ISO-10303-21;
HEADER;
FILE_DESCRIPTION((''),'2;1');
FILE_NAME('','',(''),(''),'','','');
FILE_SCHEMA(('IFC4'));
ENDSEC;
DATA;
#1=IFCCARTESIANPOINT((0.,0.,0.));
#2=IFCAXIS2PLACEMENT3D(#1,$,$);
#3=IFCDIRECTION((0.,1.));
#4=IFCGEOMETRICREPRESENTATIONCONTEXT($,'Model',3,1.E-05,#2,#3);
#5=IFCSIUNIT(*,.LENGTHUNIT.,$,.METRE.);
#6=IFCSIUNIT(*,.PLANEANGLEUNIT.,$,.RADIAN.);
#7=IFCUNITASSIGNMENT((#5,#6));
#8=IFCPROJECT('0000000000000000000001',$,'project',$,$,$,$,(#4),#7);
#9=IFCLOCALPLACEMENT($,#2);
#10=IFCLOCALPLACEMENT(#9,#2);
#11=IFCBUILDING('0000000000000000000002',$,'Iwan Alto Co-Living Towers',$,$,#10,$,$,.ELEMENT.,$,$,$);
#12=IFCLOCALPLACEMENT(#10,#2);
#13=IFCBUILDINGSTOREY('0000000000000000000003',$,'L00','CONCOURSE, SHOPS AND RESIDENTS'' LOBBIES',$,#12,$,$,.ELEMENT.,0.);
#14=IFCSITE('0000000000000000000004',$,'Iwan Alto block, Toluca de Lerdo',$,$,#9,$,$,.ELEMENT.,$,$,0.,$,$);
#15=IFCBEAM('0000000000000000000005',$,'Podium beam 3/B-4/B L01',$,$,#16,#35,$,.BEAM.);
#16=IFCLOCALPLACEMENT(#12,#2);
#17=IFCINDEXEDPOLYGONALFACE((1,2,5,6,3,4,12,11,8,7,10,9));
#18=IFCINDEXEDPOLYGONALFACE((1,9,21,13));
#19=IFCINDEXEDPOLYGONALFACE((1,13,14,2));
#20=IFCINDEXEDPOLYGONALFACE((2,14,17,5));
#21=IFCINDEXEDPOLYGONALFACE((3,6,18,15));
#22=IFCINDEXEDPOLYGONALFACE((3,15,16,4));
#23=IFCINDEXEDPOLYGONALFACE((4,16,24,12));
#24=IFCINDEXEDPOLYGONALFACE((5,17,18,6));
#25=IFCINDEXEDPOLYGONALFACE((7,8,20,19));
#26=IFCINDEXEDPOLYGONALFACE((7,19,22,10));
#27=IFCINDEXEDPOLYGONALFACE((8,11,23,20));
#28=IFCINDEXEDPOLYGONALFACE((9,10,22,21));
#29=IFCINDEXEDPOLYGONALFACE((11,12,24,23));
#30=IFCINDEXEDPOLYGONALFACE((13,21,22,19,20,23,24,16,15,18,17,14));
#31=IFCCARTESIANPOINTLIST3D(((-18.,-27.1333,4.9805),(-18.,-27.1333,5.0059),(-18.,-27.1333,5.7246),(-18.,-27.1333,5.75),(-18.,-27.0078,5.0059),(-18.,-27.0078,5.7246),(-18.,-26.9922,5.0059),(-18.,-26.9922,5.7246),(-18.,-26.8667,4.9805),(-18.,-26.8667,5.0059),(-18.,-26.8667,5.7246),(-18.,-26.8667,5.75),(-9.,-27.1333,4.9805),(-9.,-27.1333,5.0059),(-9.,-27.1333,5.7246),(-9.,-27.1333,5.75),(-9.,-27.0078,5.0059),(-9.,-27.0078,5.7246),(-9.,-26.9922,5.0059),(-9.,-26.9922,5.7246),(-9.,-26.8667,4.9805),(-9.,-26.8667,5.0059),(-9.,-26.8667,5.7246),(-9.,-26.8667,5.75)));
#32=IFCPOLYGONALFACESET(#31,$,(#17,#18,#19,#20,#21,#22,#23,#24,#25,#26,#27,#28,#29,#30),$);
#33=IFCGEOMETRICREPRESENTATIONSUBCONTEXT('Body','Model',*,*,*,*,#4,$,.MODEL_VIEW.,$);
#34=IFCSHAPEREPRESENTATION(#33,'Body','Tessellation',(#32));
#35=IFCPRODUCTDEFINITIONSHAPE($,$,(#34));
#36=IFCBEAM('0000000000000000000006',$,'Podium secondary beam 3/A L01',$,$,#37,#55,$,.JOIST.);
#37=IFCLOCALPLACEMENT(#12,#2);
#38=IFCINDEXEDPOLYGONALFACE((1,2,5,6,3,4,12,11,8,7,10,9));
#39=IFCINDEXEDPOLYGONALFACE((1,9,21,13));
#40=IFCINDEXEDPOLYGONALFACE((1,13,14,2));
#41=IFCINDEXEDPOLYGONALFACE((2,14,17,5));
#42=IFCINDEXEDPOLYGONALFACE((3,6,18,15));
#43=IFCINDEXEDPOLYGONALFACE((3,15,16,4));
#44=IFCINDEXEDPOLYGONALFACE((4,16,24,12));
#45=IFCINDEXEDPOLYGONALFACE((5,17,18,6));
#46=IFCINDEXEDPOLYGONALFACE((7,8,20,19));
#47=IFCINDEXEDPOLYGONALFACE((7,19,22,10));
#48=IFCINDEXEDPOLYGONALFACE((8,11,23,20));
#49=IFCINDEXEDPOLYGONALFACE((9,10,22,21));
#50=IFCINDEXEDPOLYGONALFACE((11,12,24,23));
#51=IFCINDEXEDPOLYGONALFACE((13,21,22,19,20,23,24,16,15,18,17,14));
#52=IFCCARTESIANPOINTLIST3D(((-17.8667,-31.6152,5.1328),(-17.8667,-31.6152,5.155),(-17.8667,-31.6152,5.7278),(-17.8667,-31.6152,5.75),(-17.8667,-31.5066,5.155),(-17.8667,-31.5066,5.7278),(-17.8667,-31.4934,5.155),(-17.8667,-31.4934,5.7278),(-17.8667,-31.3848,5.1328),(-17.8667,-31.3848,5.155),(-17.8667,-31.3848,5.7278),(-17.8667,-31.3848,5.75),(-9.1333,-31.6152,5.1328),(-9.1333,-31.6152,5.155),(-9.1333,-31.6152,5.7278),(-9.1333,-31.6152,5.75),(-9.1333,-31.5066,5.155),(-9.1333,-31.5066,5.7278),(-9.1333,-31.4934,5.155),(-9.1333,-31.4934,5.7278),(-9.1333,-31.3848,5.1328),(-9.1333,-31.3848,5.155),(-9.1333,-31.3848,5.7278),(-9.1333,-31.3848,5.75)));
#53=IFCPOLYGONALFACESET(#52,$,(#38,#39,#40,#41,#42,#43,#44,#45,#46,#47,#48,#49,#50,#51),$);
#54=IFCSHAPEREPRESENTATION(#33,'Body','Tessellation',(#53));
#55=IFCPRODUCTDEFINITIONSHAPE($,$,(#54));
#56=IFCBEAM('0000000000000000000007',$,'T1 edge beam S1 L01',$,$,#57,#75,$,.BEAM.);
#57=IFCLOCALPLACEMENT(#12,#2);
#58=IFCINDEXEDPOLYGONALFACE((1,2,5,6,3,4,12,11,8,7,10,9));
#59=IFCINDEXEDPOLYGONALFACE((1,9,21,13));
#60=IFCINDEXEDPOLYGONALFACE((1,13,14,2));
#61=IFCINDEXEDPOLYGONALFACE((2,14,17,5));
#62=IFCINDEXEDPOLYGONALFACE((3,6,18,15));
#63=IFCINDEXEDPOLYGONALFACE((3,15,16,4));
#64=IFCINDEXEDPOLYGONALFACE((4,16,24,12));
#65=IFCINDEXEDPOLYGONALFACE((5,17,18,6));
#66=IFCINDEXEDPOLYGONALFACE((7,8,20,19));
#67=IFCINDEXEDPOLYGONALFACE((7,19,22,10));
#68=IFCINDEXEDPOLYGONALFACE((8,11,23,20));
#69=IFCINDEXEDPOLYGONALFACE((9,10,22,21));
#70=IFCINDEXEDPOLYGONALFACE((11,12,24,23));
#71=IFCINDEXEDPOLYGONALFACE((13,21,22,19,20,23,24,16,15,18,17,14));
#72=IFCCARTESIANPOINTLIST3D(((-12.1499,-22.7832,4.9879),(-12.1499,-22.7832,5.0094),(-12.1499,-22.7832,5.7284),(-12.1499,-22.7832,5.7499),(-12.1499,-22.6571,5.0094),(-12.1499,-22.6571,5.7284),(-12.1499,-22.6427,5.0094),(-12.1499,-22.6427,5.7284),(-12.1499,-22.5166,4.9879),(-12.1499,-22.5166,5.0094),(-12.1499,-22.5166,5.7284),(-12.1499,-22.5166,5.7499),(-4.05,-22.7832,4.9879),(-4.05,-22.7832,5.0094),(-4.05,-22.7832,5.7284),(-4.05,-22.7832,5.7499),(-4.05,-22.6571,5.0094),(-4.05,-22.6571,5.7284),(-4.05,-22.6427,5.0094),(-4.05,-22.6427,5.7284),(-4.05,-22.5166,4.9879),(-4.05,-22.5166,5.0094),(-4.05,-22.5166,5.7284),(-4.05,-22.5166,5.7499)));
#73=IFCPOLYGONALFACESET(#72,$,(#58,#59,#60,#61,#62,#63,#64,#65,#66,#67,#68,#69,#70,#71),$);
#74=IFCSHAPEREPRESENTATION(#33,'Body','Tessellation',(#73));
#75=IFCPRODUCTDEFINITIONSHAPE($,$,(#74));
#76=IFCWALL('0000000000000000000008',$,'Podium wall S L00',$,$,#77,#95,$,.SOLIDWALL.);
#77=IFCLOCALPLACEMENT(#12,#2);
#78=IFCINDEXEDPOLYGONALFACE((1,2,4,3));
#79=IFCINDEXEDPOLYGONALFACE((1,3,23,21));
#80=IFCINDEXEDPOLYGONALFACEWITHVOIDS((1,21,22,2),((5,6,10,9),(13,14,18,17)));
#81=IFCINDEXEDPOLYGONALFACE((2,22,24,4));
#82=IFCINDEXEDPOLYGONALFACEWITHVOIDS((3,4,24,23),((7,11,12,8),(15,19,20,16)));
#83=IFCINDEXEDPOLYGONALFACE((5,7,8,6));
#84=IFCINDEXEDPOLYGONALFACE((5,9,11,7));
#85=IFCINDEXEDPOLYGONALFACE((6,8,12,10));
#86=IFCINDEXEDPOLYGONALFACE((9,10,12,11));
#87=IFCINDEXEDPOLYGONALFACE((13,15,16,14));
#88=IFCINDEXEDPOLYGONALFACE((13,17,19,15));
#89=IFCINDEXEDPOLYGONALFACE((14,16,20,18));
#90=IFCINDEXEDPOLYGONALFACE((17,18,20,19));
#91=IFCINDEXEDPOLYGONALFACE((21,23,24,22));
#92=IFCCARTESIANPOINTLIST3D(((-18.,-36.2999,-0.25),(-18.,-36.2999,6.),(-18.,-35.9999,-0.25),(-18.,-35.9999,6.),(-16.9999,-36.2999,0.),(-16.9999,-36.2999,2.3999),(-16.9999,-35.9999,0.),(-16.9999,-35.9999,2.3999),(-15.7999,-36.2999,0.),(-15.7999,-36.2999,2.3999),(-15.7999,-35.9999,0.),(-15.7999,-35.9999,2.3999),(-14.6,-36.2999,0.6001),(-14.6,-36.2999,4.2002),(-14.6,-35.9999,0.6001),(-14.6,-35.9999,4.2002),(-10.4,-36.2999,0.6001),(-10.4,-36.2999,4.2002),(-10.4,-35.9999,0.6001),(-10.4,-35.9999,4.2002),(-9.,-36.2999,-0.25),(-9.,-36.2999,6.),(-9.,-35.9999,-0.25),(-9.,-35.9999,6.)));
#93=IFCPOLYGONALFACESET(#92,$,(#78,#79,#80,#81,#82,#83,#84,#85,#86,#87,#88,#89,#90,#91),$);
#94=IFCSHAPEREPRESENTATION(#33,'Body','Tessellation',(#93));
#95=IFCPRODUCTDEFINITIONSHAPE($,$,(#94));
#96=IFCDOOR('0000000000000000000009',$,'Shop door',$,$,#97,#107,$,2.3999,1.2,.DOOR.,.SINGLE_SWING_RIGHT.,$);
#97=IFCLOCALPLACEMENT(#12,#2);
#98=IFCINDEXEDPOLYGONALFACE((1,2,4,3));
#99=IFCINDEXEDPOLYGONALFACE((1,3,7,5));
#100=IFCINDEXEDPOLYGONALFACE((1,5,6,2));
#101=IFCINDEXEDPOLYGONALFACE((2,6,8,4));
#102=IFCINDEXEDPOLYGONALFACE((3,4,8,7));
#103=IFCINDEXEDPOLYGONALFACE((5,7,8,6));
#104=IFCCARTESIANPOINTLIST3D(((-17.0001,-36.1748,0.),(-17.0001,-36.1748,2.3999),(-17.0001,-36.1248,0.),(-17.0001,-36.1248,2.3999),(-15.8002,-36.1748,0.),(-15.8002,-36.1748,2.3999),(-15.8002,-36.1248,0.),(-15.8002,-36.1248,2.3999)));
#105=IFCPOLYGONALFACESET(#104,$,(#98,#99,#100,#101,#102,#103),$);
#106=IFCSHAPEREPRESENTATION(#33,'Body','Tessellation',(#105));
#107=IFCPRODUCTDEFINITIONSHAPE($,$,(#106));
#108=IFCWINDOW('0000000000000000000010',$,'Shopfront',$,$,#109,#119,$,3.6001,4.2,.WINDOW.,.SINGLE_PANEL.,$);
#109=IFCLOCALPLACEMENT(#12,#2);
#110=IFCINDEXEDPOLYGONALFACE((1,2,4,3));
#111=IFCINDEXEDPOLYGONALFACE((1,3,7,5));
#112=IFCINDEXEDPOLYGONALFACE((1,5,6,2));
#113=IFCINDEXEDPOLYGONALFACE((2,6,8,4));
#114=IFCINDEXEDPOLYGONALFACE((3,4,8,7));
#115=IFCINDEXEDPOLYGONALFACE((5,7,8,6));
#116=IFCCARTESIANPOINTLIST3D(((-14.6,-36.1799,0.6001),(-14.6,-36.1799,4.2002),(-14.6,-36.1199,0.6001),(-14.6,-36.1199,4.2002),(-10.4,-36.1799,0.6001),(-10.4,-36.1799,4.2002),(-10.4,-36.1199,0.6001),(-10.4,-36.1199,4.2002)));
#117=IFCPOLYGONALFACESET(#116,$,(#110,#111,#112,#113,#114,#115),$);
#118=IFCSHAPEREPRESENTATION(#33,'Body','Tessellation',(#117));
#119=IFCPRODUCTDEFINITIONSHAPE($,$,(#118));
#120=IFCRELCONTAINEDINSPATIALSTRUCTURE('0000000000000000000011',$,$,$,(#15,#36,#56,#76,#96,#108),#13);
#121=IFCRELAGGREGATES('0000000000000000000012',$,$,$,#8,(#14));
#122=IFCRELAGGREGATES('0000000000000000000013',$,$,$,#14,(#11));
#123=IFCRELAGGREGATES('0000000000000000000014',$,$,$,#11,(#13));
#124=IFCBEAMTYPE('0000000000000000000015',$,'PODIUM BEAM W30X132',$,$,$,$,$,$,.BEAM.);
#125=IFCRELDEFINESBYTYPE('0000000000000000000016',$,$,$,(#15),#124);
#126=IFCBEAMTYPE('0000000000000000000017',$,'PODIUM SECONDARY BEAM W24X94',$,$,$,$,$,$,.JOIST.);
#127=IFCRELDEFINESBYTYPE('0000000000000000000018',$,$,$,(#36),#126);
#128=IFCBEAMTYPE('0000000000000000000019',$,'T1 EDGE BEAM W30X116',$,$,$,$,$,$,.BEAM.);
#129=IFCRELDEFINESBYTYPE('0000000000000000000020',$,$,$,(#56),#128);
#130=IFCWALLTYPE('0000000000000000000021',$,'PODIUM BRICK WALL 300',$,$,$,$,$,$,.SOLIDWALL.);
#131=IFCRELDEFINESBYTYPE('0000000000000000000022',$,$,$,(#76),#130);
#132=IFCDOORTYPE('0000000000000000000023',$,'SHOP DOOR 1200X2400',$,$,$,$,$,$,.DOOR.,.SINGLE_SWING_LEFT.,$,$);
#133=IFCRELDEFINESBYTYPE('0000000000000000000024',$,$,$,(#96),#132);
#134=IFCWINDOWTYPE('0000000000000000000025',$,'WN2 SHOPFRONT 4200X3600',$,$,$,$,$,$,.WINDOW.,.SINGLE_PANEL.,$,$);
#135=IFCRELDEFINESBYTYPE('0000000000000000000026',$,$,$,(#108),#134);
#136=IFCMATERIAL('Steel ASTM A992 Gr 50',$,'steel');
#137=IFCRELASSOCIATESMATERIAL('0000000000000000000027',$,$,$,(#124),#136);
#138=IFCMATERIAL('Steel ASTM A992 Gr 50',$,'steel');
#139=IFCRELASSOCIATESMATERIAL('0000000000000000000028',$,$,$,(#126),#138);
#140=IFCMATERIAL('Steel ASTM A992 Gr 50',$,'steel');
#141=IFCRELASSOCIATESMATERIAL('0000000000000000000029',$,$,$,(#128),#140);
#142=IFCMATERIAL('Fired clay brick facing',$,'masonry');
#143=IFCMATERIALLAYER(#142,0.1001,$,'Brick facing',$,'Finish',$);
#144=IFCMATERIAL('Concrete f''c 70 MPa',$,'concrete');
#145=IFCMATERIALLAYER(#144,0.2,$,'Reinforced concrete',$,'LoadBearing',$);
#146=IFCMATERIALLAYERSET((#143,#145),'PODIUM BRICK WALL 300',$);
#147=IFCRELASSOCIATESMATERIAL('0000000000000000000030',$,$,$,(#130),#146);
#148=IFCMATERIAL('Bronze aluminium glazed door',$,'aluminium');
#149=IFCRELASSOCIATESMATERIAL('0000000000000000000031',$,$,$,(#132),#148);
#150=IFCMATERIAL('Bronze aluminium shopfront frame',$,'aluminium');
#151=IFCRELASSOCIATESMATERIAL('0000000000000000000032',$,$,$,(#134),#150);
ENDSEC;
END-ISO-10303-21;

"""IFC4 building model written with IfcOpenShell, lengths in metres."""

from ifc_helpers import new_model, si_unit, direction, frame, frame_2d, origin, origin_2d, place, context, subcontext, project, spatial, rectangle, i_section, extrude, material, layer, layer_set, material_profile, profile_set, type_object, element, fill, save


model = new_model("IFC4")

# Units and contexts
model_context = context("Model", 3, precision=1e-05, world=origin(), true_north=direction((0.0, 1.0)))
body_context = subcontext(model_context, "Body", "Model", "MODEL_VIEW")
ifc_project = project(units=[si_unit("LENGTHUNIT", "METRE"), si_unit("PLANEANGLEUNIT", "RADIAN")], contexts=[model_context])

# Site, building, storey
site_placement = place(None, origin())
site = spatial("IfcSite", under=ifc_project, at=site_placement, Name="Iwan Alto block, Toluca de Lerdo", CompositionType="ELEMENT", RefElevation=0.0)
building_placement = place(site_placement, origin())
building = spatial("IfcBuilding", under=site, at=building_placement, Name="Iwan Alto Co-Living Towers", CompositionType="ELEMENT")
storey_placement = place(building_placement, origin())
storey = spatial("IfcBuildingStorey", under=building, at=storey_placement, Name="L00", Description="CONCOURSE, SHOPS AND RESIDENTS' LOBBIES", CompositionType="ELEMENT", Elevation=0.0)

# Beams
ifc_material_1 = material(Name="Steel ASTM A992 Gr 50", Category="steel")
ifc_material_profile_1 = material_profile(ifc_material_1, i_section(OverallWidth=0.2666, OverallDepth=0.7695, WebThickness=0.0156, FlangeThickness=0.0254, at=origin_2d()), Name="W30X132")
ifc_profile_set_1 = profile_set([ifc_material_profile_1], Name="Steel ASTM A992 Gr 50")
beam_type_1 = type_object("IfcBeamType", Name="PODIUM BEAM W30X132", PredefinedType="BEAM", material=ifc_profile_set_1)
for number, where, z_axis, x_axis, name in (
    (1, (-18.0, -27.0, 5.3652), (1.0, 0.0, 0.0), (0.0, 1.0, 0.0), "Podium beam 3/B-4/B L01"),
):
    element("IfcBeam", number, at=place(storey_placement, frame(where, z_axis=z_axis, x_axis=x_axis)), inside=storey, type_object=beam_type_1, Name=name, PredefinedType="BEAM", context=body_context, shape_type="SweptSolid", body=[
        extrude(i_section(OverallWidth=0.2666, OverallDepth=0.7695, WebThickness=0.0156, FlangeThickness=0.0254, at=origin_2d()), origin(), (0.0, 0.0, 1.0), 9.0),
    ])
ifc_material_2 = material(Name="Steel ASTM A992 Gr 50", Category="steel")
ifc_material_profile_2 = material_profile(ifc_material_2, i_section(OverallWidth=0.2305, OverallDepth=0.6172, WebThickness=0.0132, FlangeThickness=0.0222, at=origin_2d()), Name="W24X94")
ifc_profile_set_2 = profile_set([ifc_material_profile_2], Name="Steel ASTM A992 Gr 50")
beam_type_2 = type_object("IfcBeamType", Name="PODIUM SECONDARY BEAM W24X94", PredefinedType="JOIST", material=ifc_profile_set_2)
beam_1_placement = place(storey_placement, frame((-17.8667, -31.5, 5.4414), z_axis=(1.0, 0.0, 0.0), x_axis=(0.0, 1.0, 0.0)))
element("IfcBeam", 2, at=beam_1_placement, inside=storey, type_object=beam_type_2, Name="Podium secondary beam 3/A L01", PredefinedType="JOIST", context=body_context, shape_type="SweptSolid", body=[
    extrude(i_section(OverallWidth=0.2305, OverallDepth=0.6172, WebThickness=0.0132, FlangeThickness=0.0222, at=origin_2d()), origin(), (0.0, 0.0, 1.0), 8.7334),
])
ifc_material_3 = material(Name="Steel ASTM A992 Gr 50", Category="steel")
ifc_material_profile_3 = material_profile(ifc_material_3, i_section(OverallWidth=0.2666, OverallDepth=0.762, WebThickness=0.0144, FlangeThickness=0.0215, at=origin_2d()), Name="W30X116")
ifc_profile_set_3 = profile_set([ifc_material_profile_3], Name="Steel ASTM A992 Gr 50")
beam_type_3 = type_object("IfcBeamType", Name="T1 EDGE BEAM W30X116", PredefinedType="BEAM", material=ifc_profile_set_3)
beam_2_placement = place(storey_placement, frame((-12.1499, -22.6499, 5.3689), z_axis=(1.0, 0.0, 0.0), x_axis=(0.0, 1.0, 0.0)))
element("IfcBeam", 3, at=beam_2_placement, inside=storey, type_object=beam_type_3, Name="T1 edge beam S1 L01", PredefinedType="BEAM", context=body_context, shape_type="SweptSolid", body=[
    extrude(i_section(OverallWidth=0.2666, OverallDepth=0.762, WebThickness=0.0144, FlangeThickness=0.0215, at=origin_2d()), origin(), (0.0, 0.0, 1.0), 8.0999),
])

# Wall, openings, door, window
ifc_material_4 = material(Name="Fired clay brick facing", Category="masonry")
ifc_layer_1 = layer(ifc_material_4, 0.1001, Name="Brick facing", Category="Finish")
ifc_material_5 = material(Name="Concrete f'c 70 MPa", Category="concrete")
ifc_layer_2 = layer(ifc_material_5, 0.2, Name="Reinforced concrete", Category="LoadBearing")
ifc_layer_set_1 = layer_set([ifc_layer_1, ifc_layer_2], Name="PODIUM BRICK WALL 300")
wall_type_1 = type_object("IfcWallType", Name="PODIUM BRICK WALL 300", PredefinedType="SOLIDWALL", material=ifc_layer_set_1)
wall_1_placement = place(storey_placement, frame((-18.0, -36.1499, -0.25), z_axis=(0.0, 0.0, 1.0), x_axis=(1.0, 0.0, 0.0)))
wall_1 = element("IfcWall", 4, at=wall_1_placement, inside=storey, type_object=wall_type_1, Name="Podium wall S L00", PredefinedType="SOLIDWALL", context=body_context, shape_type="SweptSolid", body=[
    extrude(rectangle(XDim=9.0, YDim=0.3, at=frame_2d((4.5, 0.0))), origin(), (0.0, 0.0, 1.0), 6.25),
])
opening_1_placement = place(wall_1_placement, frame((1.0, 0.0, 0.25)))
opening_1 = element("IfcOpeningElement", 5, at=opening_1_placement, cuts=wall_1, PredefinedType="OPENING", context=body_context, shape_type="SweptSolid", body=[
    extrude(rectangle(XDim=1.2, YDim=2.3999, at=frame_2d((0.6001, 1.2))), frame((0.0, 0.1599, 0.0), z_axis=(0.0, -1.0, 0.0), x_axis=(1.0, 0.0, 0.0)), (0.0, 0.0, 1.0), 0.3201),
])
opening_2_placement = place(wall_1_placement, frame((3.3999, 0.0, 0.8501)))
opening_2 = element("IfcOpeningElement", 6, at=opening_2_placement, cuts=wall_1, PredefinedType="OPENING", context=body_context, shape_type="SweptSolid", body=[
    extrude(rectangle(XDim=4.2, YDim=3.6001, at=frame_2d((2.1001, 1.8))), frame((0.0, 0.1599, 0.0), z_axis=(0.0, -1.0, 0.0), x_axis=(1.0, 0.0, 0.0)), (0.0, 0.0, 1.0), 0.3201),
])
ifc_material_6 = material(Name="Bronze aluminium glazed door", Category="aluminium")
door_type_1 = type_object("IfcDoorType", Name="SHOP DOOR 1200X2400", OperationType="SINGLE_SWING_LEFT", PredefinedType="DOOR", material=ifc_material_6)
door_1_placement = place(opening_1_placement, frame((1.2, 0.0, 0.0), z_axis=(0.0, 0.0, 1.0), x_axis=(-1.0, 0.0, 0.0)))
door_1 = element("IfcDoor", 7, at=door_1_placement, inside=storey, type_object=door_type_1, Name="Shop door", OperationType="SINGLE_SWING_RIGHT", OverallHeight=2.3999, OverallWidth=1.2, PredefinedType="DOOR", context=body_context, shape_type="SweptSolid", body=[
    extrude(rectangle(XDim=1.2, YDim=2.3999, at=frame_2d((0.6001, 1.2))), frame((0.0, 0.0249, 0.0), z_axis=(0.0, -1.0, 0.0), x_axis=(1.0, 0.0, 0.0)), (0.0, 0.0, 1.0), 0.05),
])
fill(opening_1, door_1)
ifc_material_7 = material(Name="Bronze aluminium shopfront frame", Category="aluminium")
window_type = type_object("IfcWindowType", Name="WN2 SHOPFRONT 4200X3600", PartitioningType="SINGLE_PANEL", PredefinedType="WINDOW", material=ifc_material_7)
window_placement = place(opening_2_placement, origin())
window = element("IfcWindow", 8, at=window_placement, inside=storey, type_object=window_type, Name="Shopfront", OverallHeight=3.6001, OverallWidth=4.2, PartitioningType="SINGLE_PANEL", PredefinedType="WINDOW", context=body_context, shape_type="SweptSolid", body=[
    extrude(rectangle(XDim=4.2, YDim=3.6001, at=frame_2d((2.1001, 1.8))), frame((0.0, 0.03, 0.0), z_axis=(0.0, -1.0, 0.0), x_axis=(1.0, 0.0, 0.0)), (0.0, 0.0, 1.0), 0.0601),
])
fill(opening_2, window)

save(model, "model.ifc")
